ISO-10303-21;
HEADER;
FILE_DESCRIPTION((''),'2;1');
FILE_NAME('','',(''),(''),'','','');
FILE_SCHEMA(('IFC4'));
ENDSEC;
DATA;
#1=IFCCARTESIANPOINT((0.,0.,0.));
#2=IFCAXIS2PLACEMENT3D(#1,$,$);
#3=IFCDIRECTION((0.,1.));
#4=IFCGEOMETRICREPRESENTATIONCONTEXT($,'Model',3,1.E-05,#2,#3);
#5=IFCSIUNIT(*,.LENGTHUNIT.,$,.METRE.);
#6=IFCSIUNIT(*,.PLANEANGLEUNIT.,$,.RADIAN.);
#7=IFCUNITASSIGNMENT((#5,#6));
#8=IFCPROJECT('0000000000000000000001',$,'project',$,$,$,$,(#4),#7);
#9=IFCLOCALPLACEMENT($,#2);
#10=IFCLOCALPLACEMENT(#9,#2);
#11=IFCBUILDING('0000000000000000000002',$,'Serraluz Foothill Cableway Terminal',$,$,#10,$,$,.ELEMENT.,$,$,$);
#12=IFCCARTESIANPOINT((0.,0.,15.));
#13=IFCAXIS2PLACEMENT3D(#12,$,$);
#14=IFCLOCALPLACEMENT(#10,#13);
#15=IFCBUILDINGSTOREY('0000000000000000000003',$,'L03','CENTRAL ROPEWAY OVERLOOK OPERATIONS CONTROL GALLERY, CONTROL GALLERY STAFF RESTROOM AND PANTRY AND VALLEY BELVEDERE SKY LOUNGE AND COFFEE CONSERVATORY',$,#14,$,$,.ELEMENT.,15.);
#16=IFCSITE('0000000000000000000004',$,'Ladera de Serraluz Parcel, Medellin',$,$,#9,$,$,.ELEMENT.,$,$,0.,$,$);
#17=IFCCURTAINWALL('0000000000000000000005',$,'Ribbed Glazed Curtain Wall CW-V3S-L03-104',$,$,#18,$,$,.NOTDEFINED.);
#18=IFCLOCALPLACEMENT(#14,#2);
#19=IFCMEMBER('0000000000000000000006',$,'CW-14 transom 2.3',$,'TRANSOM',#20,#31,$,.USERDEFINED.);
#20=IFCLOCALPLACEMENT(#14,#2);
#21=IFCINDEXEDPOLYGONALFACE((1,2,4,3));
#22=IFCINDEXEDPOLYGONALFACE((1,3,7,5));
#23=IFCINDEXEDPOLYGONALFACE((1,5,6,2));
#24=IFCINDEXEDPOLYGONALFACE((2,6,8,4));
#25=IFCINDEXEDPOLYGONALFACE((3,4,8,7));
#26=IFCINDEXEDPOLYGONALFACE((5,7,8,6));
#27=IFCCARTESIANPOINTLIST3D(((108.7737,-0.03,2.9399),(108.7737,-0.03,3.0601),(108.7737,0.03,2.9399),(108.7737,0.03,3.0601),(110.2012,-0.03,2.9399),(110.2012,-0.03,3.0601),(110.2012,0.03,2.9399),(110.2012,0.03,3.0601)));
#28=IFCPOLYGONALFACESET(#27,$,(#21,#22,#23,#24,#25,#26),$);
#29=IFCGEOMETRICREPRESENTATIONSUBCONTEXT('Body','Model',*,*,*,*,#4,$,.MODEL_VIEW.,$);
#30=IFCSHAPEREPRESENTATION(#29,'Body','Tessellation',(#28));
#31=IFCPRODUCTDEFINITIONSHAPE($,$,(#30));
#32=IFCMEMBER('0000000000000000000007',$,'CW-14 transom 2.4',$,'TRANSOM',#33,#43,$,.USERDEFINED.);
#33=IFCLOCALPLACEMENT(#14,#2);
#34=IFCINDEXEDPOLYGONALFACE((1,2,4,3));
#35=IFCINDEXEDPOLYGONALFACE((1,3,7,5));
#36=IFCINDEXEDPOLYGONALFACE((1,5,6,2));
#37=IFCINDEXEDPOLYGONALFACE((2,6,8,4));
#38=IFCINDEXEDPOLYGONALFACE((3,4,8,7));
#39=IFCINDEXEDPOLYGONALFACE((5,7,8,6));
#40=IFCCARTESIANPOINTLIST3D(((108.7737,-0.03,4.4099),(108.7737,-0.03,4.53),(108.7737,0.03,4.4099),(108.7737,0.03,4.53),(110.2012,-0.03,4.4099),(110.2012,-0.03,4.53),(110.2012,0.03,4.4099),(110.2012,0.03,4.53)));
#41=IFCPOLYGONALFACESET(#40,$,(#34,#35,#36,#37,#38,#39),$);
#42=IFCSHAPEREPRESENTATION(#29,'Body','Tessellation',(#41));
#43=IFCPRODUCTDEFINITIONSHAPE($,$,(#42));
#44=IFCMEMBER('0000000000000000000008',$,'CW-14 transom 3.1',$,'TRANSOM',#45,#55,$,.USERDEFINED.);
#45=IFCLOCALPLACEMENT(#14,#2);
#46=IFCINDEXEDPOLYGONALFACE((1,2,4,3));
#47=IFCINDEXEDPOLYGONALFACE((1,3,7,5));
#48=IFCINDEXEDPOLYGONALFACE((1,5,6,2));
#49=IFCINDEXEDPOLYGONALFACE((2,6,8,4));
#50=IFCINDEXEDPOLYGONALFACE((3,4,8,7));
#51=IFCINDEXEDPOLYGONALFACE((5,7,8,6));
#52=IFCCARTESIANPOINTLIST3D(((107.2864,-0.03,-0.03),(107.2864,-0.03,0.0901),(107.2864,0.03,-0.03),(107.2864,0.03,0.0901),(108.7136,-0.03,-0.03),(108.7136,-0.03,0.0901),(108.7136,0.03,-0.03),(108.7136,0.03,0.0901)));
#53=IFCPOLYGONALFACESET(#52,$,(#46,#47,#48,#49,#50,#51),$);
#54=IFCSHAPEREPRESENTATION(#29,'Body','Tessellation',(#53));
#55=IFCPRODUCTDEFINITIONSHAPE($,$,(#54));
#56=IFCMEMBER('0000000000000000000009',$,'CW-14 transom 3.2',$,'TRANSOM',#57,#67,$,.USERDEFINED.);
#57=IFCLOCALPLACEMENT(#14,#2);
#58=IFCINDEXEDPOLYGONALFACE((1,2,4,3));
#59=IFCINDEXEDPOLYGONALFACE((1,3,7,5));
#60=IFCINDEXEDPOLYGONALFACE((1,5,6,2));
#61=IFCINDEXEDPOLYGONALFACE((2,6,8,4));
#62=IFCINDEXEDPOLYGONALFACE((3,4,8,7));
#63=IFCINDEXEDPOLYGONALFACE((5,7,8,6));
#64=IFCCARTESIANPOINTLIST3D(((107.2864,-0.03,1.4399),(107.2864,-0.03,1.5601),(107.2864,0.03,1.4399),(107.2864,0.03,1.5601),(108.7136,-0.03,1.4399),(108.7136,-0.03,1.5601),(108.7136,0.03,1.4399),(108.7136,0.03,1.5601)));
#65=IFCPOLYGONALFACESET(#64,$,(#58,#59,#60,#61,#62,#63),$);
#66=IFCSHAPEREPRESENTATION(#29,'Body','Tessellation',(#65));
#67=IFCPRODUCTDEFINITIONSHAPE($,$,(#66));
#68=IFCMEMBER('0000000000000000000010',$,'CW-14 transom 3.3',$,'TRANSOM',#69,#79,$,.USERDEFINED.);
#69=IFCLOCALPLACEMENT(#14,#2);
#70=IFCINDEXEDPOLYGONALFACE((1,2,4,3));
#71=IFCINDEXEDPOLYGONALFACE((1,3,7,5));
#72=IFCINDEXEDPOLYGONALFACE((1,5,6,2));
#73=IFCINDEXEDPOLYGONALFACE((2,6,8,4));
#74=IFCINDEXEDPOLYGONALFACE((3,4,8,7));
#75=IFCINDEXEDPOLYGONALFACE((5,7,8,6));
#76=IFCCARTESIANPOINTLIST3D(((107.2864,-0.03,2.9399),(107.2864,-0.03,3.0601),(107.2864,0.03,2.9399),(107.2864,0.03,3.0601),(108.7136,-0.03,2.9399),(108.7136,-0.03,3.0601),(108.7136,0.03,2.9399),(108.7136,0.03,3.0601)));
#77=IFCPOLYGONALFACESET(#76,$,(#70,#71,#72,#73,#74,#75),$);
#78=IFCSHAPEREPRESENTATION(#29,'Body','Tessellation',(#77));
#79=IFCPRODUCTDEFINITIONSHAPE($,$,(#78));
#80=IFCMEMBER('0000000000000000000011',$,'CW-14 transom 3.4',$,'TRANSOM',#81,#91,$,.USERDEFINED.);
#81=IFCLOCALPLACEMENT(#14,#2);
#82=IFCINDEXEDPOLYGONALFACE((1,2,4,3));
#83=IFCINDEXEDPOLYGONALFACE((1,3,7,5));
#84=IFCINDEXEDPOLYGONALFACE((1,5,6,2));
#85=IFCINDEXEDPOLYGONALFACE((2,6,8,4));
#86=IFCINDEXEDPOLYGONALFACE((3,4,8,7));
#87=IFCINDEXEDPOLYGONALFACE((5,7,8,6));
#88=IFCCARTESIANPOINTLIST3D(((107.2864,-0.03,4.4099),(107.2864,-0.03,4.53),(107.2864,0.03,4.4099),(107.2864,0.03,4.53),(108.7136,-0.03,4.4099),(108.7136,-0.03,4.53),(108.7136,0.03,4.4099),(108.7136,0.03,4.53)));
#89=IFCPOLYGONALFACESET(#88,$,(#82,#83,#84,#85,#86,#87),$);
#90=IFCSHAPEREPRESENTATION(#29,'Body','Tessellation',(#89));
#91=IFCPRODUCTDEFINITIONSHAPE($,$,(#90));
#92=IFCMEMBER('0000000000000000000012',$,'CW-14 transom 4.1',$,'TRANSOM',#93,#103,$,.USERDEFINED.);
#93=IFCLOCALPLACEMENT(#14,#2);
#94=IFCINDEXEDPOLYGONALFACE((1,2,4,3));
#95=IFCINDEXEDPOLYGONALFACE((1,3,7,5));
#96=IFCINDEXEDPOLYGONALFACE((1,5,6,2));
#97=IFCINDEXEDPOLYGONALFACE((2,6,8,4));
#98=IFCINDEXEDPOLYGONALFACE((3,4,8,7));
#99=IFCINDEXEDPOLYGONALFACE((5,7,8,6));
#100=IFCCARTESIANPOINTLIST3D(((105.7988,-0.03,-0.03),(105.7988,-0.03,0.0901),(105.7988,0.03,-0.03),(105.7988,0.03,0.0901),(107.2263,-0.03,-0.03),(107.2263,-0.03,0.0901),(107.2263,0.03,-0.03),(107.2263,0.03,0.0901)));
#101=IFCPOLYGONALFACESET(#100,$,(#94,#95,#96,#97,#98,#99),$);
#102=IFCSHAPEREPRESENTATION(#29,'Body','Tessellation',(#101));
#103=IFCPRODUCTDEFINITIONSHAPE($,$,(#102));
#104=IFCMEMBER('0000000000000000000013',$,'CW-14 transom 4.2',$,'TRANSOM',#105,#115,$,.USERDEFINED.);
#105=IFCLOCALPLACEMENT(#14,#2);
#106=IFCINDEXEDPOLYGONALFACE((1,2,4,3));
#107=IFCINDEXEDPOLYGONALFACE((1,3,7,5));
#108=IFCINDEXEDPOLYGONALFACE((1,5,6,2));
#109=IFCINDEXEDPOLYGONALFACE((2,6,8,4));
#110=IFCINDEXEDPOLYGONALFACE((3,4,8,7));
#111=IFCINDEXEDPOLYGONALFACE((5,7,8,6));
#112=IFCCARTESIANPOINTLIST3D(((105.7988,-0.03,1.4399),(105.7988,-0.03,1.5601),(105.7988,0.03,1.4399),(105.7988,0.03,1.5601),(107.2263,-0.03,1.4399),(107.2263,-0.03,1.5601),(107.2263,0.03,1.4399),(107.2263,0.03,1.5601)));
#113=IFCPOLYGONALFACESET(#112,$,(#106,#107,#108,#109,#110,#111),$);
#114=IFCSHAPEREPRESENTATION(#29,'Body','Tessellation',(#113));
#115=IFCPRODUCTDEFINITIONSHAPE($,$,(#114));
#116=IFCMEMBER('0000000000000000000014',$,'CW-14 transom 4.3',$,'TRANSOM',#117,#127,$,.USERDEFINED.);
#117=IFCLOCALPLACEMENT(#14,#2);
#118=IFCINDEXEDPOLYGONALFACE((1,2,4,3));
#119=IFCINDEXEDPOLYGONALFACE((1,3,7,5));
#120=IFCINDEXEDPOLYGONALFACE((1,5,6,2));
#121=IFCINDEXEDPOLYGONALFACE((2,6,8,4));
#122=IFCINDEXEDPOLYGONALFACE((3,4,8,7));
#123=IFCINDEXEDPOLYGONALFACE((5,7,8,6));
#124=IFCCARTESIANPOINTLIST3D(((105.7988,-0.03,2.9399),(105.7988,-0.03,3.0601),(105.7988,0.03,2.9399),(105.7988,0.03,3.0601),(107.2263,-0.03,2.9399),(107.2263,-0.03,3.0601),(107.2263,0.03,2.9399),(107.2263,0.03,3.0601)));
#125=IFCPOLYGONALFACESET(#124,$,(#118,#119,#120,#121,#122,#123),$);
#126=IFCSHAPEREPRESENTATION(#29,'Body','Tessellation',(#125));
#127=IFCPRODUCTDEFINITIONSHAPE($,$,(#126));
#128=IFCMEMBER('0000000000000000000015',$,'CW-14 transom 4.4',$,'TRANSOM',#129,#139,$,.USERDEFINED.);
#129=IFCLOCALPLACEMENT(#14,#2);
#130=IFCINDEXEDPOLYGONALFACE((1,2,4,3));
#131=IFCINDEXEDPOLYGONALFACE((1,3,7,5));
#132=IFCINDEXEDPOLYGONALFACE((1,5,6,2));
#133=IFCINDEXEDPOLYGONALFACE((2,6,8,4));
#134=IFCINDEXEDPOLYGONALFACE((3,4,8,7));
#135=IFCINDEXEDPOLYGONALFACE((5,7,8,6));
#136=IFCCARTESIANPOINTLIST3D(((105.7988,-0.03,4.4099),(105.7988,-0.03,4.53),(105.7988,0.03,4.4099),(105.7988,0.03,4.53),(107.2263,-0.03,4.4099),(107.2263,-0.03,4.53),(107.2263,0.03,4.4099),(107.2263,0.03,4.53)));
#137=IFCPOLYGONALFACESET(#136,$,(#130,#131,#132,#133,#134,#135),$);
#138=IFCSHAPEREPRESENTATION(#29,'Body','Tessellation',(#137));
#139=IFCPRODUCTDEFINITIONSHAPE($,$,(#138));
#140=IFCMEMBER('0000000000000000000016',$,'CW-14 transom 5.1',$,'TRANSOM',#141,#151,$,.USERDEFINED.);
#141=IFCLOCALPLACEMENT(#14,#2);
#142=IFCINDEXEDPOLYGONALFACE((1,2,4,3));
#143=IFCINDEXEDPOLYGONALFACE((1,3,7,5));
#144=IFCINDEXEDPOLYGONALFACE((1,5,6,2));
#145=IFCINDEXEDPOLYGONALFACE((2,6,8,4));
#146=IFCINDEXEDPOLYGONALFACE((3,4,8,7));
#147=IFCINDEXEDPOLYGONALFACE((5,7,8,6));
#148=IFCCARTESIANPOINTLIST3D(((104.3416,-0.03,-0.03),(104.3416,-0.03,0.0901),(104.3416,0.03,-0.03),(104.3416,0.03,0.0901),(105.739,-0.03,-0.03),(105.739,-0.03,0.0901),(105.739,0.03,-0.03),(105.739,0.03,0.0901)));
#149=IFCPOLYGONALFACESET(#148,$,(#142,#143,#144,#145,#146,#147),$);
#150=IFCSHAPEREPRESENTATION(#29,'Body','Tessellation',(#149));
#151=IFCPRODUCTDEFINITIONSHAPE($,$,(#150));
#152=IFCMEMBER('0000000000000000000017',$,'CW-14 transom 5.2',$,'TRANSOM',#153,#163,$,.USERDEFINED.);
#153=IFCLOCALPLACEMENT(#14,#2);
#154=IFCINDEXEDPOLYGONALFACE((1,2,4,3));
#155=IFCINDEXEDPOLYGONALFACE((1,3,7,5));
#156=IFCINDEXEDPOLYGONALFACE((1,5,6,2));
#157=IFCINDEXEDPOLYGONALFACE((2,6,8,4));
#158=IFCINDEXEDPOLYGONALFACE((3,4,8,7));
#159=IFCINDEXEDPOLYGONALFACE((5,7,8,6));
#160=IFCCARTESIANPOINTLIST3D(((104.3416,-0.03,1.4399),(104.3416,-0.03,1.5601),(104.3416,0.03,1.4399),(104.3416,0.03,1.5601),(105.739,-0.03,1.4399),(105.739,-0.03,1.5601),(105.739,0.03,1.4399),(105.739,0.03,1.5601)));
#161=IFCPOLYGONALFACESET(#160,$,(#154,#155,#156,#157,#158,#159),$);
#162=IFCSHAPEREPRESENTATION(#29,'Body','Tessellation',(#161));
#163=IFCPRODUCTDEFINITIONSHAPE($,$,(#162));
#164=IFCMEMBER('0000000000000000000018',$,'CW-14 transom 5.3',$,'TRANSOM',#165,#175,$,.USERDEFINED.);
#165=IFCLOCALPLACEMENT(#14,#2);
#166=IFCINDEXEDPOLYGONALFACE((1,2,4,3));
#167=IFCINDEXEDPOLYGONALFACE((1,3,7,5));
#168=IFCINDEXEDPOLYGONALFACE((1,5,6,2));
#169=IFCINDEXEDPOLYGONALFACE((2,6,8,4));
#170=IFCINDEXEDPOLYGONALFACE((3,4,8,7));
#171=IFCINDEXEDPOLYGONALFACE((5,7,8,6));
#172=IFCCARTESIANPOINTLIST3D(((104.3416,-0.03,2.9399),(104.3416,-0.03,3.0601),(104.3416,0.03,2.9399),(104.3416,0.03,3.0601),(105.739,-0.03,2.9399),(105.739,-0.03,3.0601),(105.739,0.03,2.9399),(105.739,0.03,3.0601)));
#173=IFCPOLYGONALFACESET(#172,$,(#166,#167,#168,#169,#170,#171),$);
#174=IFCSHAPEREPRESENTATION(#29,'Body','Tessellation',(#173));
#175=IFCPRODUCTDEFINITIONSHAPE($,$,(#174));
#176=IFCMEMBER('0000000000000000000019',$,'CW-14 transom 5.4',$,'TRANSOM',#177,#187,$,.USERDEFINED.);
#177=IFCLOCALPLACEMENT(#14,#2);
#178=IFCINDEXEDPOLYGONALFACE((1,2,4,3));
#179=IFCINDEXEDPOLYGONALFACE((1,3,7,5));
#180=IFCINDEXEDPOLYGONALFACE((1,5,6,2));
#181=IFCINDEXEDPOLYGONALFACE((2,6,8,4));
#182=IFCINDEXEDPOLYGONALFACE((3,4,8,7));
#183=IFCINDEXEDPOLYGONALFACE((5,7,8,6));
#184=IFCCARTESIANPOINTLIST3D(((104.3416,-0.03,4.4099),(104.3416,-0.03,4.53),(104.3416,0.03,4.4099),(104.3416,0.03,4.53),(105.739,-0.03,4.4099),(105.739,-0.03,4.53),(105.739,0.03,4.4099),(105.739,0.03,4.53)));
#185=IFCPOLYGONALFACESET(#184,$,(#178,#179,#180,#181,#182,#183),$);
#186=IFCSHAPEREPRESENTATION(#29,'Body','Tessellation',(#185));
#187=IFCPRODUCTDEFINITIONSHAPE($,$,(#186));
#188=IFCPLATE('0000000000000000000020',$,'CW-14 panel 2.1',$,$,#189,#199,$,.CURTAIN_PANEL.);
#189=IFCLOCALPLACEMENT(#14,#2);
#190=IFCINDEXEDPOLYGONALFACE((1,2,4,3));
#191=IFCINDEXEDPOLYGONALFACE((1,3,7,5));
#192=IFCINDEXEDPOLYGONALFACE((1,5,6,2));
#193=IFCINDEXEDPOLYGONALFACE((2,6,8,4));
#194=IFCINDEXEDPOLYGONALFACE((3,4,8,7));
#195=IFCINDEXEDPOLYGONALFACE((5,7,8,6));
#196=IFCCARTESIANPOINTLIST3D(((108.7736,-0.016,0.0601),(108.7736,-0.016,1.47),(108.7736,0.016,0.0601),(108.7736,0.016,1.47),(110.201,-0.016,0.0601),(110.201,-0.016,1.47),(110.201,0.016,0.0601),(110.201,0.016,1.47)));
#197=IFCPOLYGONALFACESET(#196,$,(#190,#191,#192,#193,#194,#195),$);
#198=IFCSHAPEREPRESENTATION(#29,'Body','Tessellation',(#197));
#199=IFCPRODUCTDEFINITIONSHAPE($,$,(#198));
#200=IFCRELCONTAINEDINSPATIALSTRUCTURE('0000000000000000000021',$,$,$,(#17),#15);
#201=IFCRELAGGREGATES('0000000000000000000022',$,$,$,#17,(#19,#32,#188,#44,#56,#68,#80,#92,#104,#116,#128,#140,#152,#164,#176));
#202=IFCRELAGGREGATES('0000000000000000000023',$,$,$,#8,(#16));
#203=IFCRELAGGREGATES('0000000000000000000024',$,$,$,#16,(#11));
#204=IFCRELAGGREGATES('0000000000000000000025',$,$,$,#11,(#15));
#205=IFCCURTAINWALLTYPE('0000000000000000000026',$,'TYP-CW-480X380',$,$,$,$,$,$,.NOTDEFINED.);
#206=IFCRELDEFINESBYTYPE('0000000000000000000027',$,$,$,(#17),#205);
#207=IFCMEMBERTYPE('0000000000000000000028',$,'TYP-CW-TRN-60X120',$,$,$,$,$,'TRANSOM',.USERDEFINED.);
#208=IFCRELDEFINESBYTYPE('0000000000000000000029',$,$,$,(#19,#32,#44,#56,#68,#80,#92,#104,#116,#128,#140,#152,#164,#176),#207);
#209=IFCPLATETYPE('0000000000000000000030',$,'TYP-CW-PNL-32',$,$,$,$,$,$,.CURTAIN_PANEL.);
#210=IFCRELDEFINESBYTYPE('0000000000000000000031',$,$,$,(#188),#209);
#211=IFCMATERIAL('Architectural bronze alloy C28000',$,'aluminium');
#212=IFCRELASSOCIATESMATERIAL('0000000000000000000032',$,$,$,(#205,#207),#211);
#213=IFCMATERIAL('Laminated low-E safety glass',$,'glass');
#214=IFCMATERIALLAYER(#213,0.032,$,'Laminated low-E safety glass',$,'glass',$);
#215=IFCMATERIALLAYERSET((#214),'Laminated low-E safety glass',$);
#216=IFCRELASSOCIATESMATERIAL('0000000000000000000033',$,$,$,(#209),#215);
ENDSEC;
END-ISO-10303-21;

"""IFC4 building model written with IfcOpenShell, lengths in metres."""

from ifc_helpers import new_model, si_unit, direction, frame, origin, origin_2d, place, context, subcontext, project, spatial, rectangle, extrude, material, layer, layer_set, material_profile, profile_set, type_object, element, aggregate, save


model = new_model("IFC4")

# Units and contexts
model_context = context("Model", 3, precision=1e-05, world=origin(), true_north=direction((0.0, 1.0)))
body_context = subcontext(model_context, "Body", "Model", "MODEL_VIEW")
ifc_project = project(units=[si_unit("LENGTHUNIT", "METRE"), si_unit("PLANEANGLEUNIT", "RADIAN")], contexts=[model_context])

# Site, building, storey
site_placement = place(None, origin())
site = spatial("IfcSite", under=ifc_project, at=site_placement, Name="Ladera de Serraluz Parcel, Medellin", CompositionType="ELEMENT", RefElevation=0.0)
building_placement = place(site_placement, origin())
building = spatial("IfcBuilding", under=site, at=building_placement, Name="Serraluz Foothill Cableway Terminal", CompositionType="ELEMENT")
storey_placement = place(building_placement, frame((0.0, 0.0, 15.0)))
storey = spatial("IfcBuildingStorey", under=building, at=storey_placement, Name="L03", Description="CENTRAL ROPEWAY OVERLOOK OPERATIONS CONTROL GALLERY, CONTROL GALLERY STAFF RESTROOM AND PANTRY AND VALLEY BELVEDERE SKY LOUNGE AND COFFEE CONSERVATORY", CompositionType="ELEMENT", Elevation=15.0)

# Shared definitions
ifc_material_1 = material(Name="Architectural bronze alloy C28000", Category="aluminium")

# Curtain wall
curtain_wall_type_1 = type_object("IfcCurtainWallType", Name="TYP-CW-480X380", PredefinedType="NOTDEFINED", material=ifc_material_1)
curtain_wall_1_placement = place(storey_placement, origin())
curtain_wall_1 = element("IfcCurtainWall", 1, at=curtain_wall_1_placement, inside=storey, type_object=curtain_wall_type_1, Name="Ribbed Glazed Curtain Wall CW-V3S-L03-104", PredefinedType="NOTDEFINED")

# Members
ifc_material_profile_1 = material_profile(ifc_material_1, rectangle(XDim=0.0601, YDim=0.1201, at=origin_2d()), Name="ALU TRANSOM 60x120")
ifc_profile_set_1 = profile_set([ifc_material_profile_1], Name="Architectural bronze alloy C28000")
member_type_1 = type_object("IfcMemberType", Name="TYP-CW-TRN-60X120", ElementType="TRANSOM", PredefinedType="USERDEFINED", material=ifc_profile_set_1)
member_1_placement = place(storey_placement, frame((110.2012, 0.0, 3.0), z_axis=(-1.0, 0.0, 0.0), x_axis=(0.0, -1.0, 0.0)))
member_1 = element("IfcMember", 2, at=member_1_placement, type_object=member_type_1, Name="CW-14 transom 2.3", ObjectType="TRANSOM", PredefinedType="USERDEFINED", context=body_context, shape_type="SweptSolid", body=[
    extrude(rectangle(XDim=0.0601, YDim=0.1201, at=origin_2d()), origin(), (0.0, 0.0, 1.0), 1.4275),
])
member_2_placement = place(storey_placement, frame((110.2012, 0.0, 4.47), z_axis=(-1.0, 0.0, 0.0), x_axis=(0.0, -1.0, 0.0)))
member_2 = element("IfcMember", 3, at=member_2_placement, type_object=member_type_1, Name="CW-14 transom 2.4", ObjectType="TRANSOM", PredefinedType="USERDEFINED", context=body_context, shape_type="SweptSolid", body=[
    extrude(rectangle(XDim=0.0601, YDim=0.1201, at=origin_2d()), origin(), (0.0, 0.0, 1.0), 1.4275),
])
member_3_placement = place(storey_placement, frame((108.7136, 0.0, 0.03), z_axis=(-1.0, 0.0, 0.0), x_axis=(0.0, -1.0, 0.0)))
member_3 = element("IfcMember", 4, at=member_3_placement, type_object=member_type_1, Name="CW-14 transom 3.1", ObjectType="TRANSOM", PredefinedType="USERDEFINED", context=body_context, shape_type="SweptSolid", body=[
    extrude(rectangle(XDim=0.0601, YDim=0.1201, at=origin_2d()), origin(), (0.0, 0.0, 1.0), 1.4272),
])
member_4_placement = place(storey_placement, frame((108.7136, 0.0, 1.5), z_axis=(-1.0, 0.0, 0.0), x_axis=(0.0, -1.0, 0.0)))
member_4 = element("IfcMember", 5, at=member_4_placement, type_object=member_type_1, Name="CW-14 transom 3.2", ObjectType="TRANSOM", PredefinedType="USERDEFINED", context=body_context, shape_type="SweptSolid", body=[
    extrude(rectangle(XDim=0.0601, YDim=0.1201, at=origin_2d()), origin(), (0.0, 0.0, 1.0), 1.4272),
])
member_5_placement = place(storey_placement, frame((108.7136, 0.0, 3.0), z_axis=(-1.0, 0.0, 0.0), x_axis=(0.0, -1.0, 0.0)))
member_5 = element("IfcMember", 6, at=member_5_placement, type_object=member_type_1, Name="CW-14 transom 3.3", ObjectType="TRANSOM", PredefinedType="USERDEFINED", context=body_context, shape_type="SweptSolid", body=[
    extrude(rectangle(XDim=0.0601, YDim=0.1201, at=origin_2d()), origin(), (0.0, 0.0, 1.0), 1.4272),
])
member_6_placement = place(storey_placement, frame((108.7136, 0.0, 4.47), z_axis=(-1.0, 0.0, 0.0), x_axis=(0.0, -1.0, 0.0)))
member_6 = element("IfcMember", 7, at=member_6_placement, type_object=member_type_1, Name="CW-14 transom 3.4", ObjectType="TRANSOM", PredefinedType="USERDEFINED", context=body_context, shape_type="SweptSolid", body=[
    extrude(rectangle(XDim=0.0601, YDim=0.1201, at=origin_2d()), origin(), (0.0, 0.0, 1.0), 1.4272),
])
member_7_placement = place(storey_placement, frame((107.2263, 0.0, 0.03), z_axis=(-1.0, 0.0, 0.0), x_axis=(0.0, -1.0, 0.0)))
member_7 = element("IfcMember", 8, at=member_7_placement, type_object=member_type_1, Name="CW-14 transom 4.1", ObjectType="TRANSOM", PredefinedType="USERDEFINED", context=body_context, shape_type="SweptSolid", body=[
    extrude(rectangle(XDim=0.0601, YDim=0.1201, at=origin_2d()), origin(), (0.0, 0.0, 1.0), 1.4275),
])
member_8_placement = place(storey_placement, frame((107.2263, 0.0, 1.5), z_axis=(-1.0, 0.0, 0.0), x_axis=(0.0, -1.0, 0.0)))
member_8 = element("IfcMember", 9, at=member_8_placement, type_object=member_type_1, Name="CW-14 transom 4.2", ObjectType="TRANSOM", PredefinedType="USERDEFINED", context=body_context, shape_type="SweptSolid", body=[
    extrude(rectangle(XDim=0.0601, YDim=0.1201, at=origin_2d()), origin(), (0.0, 0.0, 1.0), 1.4275),
])
member_9_placement = place(storey_placement, frame((107.2263, 0.0, 3.0), z_axis=(-1.0, 0.0, 0.0), x_axis=(0.0, -1.0, 0.0)))
member_9 = element("IfcMember", 10, at=member_9_placement, type_object=member_type_1, Name="CW-14 transom 4.3", ObjectType="TRANSOM", PredefinedType="USERDEFINED", context=body_context, shape_type="SweptSolid", body=[
    extrude(rectangle(XDim=0.0601, YDim=0.1201, at=origin_2d()), origin(), (0.0, 0.0, 1.0), 1.4275),
])
member_10_placement = place(storey_placement, frame((107.2263, 0.0, 4.47), z_axis=(-1.0, 0.0, 0.0), x_axis=(0.0, -1.0, 0.0)))
member_10 = element("IfcMember", 11, at=member_10_placement, type_object=member_type_1, Name="CW-14 transom 4.4", ObjectType="TRANSOM", PredefinedType="USERDEFINED", context=body_context, shape_type="SweptSolid", body=[
    extrude(rectangle(XDim=0.0601, YDim=0.1201, at=origin_2d()), origin(), (0.0, 0.0, 1.0), 1.4275),
])
member_11_placement = place(storey_placement, frame((105.739, 0.0, 0.03), z_axis=(-1.0, 0.0, 0.0), x_axis=(0.0, -1.0, 0.0)))
member_11 = element("IfcMember", 12, at=member_11_placement, type_object=member_type_1, Name="CW-14 transom 5.1", ObjectType="TRANSOM", PredefinedType="USERDEFINED", context=body_context, shape_type="SweptSolid", body=[
    extrude(rectangle(XDim=0.0601, YDim=0.1201, at=origin_2d()), origin(), (0.0, 0.0, 1.0), 1.3975),
])
member_12_placement = place(storey_placement, frame((105.739, 0.0, 1.5), z_axis=(-1.0, 0.0, 0.0), x_axis=(0.0, -1.0, 0.0)))
member_12 = element("IfcMember", 13, at=member_12_placement, type_object=member_type_1, Name="CW-14 transom 5.2", ObjectType="TRANSOM", PredefinedType="USERDEFINED", context=body_context, shape_type="SweptSolid", body=[
    extrude(rectangle(XDim=0.0601, YDim=0.1201, at=origin_2d()), origin(), (0.0, 0.0, 1.0), 1.3975),
])
member_13_placement = place(storey_placement, frame((105.739, 0.0, 3.0), z_axis=(-1.0, 0.0, 0.0), x_axis=(0.0, -1.0, 0.0)))
member_13 = element("IfcMember", 14, at=member_13_placement, type_object=member_type_1, Name="CW-14 transom 5.3", ObjectType="TRANSOM", PredefinedType="USERDEFINED", context=body_context, shape_type="SweptSolid", body=[
    extrude(rectangle(XDim=0.0601, YDim=0.1201, at=origin_2d()), origin(), (0.0, 0.0, 1.0), 1.3975),
])
member_14_placement = place(storey_placement, frame((105.739, 0.0, 4.47), z_axis=(-1.0, 0.0, 0.0), x_axis=(0.0, -1.0, 0.0)))
member_14 = element("IfcMember", 15, at=member_14_placement, type_object=member_type_1, Name="CW-14 transom 5.4", ObjectType="TRANSOM", PredefinedType="USERDEFINED", context=body_context, shape_type="SweptSolid", body=[
    extrude(rectangle(XDim=0.0601, YDim=0.1201, at=origin_2d()), origin(), (0.0, 0.0, 1.0), 1.3975),
])

# Plate
ifc_material_2 = material(Name="Laminated low-E safety glass", Category="glass")
ifc_layer = layer(ifc_material_2, 0.032, Name="Laminated low-E safety glass", Category="glass")
ifc_layer_set = layer_set([ifc_layer], Name="Laminated low-E safety glass")
plate_type = type_object("IfcPlateType", Name="TYP-CW-PNL-32", PredefinedType="CURTAIN_PANEL", material=ifc_layer_set)
plate_1_placement = place(storey_placement, frame((109.4873, 0.0, 0.0601), z_axis=(0.0, 0.0, 1.0), x_axis=(-1.0, 0.0, 0.0)))
plate_1 = element("IfcPlate", 16, at=plate_1_placement, type_object=plate_type, Name="CW-14 panel 2.1", PredefinedType="CURTAIN_PANEL", context=body_context, shape_type="SweptSolid", body=[
    extrude(rectangle(XDim=1.4275, YDim=0.032, at=origin_2d()), origin(), (0.0, 0.0, 1.0), 1.4099),
])
aggregate(curtain_wall_1, [member_1, member_2, plate_1, member_3, member_4, member_5, member_6, member_7, member_8, member_9, member_10, member_11, member_12, member_13, member_14])

save(model, "model.ifc")
